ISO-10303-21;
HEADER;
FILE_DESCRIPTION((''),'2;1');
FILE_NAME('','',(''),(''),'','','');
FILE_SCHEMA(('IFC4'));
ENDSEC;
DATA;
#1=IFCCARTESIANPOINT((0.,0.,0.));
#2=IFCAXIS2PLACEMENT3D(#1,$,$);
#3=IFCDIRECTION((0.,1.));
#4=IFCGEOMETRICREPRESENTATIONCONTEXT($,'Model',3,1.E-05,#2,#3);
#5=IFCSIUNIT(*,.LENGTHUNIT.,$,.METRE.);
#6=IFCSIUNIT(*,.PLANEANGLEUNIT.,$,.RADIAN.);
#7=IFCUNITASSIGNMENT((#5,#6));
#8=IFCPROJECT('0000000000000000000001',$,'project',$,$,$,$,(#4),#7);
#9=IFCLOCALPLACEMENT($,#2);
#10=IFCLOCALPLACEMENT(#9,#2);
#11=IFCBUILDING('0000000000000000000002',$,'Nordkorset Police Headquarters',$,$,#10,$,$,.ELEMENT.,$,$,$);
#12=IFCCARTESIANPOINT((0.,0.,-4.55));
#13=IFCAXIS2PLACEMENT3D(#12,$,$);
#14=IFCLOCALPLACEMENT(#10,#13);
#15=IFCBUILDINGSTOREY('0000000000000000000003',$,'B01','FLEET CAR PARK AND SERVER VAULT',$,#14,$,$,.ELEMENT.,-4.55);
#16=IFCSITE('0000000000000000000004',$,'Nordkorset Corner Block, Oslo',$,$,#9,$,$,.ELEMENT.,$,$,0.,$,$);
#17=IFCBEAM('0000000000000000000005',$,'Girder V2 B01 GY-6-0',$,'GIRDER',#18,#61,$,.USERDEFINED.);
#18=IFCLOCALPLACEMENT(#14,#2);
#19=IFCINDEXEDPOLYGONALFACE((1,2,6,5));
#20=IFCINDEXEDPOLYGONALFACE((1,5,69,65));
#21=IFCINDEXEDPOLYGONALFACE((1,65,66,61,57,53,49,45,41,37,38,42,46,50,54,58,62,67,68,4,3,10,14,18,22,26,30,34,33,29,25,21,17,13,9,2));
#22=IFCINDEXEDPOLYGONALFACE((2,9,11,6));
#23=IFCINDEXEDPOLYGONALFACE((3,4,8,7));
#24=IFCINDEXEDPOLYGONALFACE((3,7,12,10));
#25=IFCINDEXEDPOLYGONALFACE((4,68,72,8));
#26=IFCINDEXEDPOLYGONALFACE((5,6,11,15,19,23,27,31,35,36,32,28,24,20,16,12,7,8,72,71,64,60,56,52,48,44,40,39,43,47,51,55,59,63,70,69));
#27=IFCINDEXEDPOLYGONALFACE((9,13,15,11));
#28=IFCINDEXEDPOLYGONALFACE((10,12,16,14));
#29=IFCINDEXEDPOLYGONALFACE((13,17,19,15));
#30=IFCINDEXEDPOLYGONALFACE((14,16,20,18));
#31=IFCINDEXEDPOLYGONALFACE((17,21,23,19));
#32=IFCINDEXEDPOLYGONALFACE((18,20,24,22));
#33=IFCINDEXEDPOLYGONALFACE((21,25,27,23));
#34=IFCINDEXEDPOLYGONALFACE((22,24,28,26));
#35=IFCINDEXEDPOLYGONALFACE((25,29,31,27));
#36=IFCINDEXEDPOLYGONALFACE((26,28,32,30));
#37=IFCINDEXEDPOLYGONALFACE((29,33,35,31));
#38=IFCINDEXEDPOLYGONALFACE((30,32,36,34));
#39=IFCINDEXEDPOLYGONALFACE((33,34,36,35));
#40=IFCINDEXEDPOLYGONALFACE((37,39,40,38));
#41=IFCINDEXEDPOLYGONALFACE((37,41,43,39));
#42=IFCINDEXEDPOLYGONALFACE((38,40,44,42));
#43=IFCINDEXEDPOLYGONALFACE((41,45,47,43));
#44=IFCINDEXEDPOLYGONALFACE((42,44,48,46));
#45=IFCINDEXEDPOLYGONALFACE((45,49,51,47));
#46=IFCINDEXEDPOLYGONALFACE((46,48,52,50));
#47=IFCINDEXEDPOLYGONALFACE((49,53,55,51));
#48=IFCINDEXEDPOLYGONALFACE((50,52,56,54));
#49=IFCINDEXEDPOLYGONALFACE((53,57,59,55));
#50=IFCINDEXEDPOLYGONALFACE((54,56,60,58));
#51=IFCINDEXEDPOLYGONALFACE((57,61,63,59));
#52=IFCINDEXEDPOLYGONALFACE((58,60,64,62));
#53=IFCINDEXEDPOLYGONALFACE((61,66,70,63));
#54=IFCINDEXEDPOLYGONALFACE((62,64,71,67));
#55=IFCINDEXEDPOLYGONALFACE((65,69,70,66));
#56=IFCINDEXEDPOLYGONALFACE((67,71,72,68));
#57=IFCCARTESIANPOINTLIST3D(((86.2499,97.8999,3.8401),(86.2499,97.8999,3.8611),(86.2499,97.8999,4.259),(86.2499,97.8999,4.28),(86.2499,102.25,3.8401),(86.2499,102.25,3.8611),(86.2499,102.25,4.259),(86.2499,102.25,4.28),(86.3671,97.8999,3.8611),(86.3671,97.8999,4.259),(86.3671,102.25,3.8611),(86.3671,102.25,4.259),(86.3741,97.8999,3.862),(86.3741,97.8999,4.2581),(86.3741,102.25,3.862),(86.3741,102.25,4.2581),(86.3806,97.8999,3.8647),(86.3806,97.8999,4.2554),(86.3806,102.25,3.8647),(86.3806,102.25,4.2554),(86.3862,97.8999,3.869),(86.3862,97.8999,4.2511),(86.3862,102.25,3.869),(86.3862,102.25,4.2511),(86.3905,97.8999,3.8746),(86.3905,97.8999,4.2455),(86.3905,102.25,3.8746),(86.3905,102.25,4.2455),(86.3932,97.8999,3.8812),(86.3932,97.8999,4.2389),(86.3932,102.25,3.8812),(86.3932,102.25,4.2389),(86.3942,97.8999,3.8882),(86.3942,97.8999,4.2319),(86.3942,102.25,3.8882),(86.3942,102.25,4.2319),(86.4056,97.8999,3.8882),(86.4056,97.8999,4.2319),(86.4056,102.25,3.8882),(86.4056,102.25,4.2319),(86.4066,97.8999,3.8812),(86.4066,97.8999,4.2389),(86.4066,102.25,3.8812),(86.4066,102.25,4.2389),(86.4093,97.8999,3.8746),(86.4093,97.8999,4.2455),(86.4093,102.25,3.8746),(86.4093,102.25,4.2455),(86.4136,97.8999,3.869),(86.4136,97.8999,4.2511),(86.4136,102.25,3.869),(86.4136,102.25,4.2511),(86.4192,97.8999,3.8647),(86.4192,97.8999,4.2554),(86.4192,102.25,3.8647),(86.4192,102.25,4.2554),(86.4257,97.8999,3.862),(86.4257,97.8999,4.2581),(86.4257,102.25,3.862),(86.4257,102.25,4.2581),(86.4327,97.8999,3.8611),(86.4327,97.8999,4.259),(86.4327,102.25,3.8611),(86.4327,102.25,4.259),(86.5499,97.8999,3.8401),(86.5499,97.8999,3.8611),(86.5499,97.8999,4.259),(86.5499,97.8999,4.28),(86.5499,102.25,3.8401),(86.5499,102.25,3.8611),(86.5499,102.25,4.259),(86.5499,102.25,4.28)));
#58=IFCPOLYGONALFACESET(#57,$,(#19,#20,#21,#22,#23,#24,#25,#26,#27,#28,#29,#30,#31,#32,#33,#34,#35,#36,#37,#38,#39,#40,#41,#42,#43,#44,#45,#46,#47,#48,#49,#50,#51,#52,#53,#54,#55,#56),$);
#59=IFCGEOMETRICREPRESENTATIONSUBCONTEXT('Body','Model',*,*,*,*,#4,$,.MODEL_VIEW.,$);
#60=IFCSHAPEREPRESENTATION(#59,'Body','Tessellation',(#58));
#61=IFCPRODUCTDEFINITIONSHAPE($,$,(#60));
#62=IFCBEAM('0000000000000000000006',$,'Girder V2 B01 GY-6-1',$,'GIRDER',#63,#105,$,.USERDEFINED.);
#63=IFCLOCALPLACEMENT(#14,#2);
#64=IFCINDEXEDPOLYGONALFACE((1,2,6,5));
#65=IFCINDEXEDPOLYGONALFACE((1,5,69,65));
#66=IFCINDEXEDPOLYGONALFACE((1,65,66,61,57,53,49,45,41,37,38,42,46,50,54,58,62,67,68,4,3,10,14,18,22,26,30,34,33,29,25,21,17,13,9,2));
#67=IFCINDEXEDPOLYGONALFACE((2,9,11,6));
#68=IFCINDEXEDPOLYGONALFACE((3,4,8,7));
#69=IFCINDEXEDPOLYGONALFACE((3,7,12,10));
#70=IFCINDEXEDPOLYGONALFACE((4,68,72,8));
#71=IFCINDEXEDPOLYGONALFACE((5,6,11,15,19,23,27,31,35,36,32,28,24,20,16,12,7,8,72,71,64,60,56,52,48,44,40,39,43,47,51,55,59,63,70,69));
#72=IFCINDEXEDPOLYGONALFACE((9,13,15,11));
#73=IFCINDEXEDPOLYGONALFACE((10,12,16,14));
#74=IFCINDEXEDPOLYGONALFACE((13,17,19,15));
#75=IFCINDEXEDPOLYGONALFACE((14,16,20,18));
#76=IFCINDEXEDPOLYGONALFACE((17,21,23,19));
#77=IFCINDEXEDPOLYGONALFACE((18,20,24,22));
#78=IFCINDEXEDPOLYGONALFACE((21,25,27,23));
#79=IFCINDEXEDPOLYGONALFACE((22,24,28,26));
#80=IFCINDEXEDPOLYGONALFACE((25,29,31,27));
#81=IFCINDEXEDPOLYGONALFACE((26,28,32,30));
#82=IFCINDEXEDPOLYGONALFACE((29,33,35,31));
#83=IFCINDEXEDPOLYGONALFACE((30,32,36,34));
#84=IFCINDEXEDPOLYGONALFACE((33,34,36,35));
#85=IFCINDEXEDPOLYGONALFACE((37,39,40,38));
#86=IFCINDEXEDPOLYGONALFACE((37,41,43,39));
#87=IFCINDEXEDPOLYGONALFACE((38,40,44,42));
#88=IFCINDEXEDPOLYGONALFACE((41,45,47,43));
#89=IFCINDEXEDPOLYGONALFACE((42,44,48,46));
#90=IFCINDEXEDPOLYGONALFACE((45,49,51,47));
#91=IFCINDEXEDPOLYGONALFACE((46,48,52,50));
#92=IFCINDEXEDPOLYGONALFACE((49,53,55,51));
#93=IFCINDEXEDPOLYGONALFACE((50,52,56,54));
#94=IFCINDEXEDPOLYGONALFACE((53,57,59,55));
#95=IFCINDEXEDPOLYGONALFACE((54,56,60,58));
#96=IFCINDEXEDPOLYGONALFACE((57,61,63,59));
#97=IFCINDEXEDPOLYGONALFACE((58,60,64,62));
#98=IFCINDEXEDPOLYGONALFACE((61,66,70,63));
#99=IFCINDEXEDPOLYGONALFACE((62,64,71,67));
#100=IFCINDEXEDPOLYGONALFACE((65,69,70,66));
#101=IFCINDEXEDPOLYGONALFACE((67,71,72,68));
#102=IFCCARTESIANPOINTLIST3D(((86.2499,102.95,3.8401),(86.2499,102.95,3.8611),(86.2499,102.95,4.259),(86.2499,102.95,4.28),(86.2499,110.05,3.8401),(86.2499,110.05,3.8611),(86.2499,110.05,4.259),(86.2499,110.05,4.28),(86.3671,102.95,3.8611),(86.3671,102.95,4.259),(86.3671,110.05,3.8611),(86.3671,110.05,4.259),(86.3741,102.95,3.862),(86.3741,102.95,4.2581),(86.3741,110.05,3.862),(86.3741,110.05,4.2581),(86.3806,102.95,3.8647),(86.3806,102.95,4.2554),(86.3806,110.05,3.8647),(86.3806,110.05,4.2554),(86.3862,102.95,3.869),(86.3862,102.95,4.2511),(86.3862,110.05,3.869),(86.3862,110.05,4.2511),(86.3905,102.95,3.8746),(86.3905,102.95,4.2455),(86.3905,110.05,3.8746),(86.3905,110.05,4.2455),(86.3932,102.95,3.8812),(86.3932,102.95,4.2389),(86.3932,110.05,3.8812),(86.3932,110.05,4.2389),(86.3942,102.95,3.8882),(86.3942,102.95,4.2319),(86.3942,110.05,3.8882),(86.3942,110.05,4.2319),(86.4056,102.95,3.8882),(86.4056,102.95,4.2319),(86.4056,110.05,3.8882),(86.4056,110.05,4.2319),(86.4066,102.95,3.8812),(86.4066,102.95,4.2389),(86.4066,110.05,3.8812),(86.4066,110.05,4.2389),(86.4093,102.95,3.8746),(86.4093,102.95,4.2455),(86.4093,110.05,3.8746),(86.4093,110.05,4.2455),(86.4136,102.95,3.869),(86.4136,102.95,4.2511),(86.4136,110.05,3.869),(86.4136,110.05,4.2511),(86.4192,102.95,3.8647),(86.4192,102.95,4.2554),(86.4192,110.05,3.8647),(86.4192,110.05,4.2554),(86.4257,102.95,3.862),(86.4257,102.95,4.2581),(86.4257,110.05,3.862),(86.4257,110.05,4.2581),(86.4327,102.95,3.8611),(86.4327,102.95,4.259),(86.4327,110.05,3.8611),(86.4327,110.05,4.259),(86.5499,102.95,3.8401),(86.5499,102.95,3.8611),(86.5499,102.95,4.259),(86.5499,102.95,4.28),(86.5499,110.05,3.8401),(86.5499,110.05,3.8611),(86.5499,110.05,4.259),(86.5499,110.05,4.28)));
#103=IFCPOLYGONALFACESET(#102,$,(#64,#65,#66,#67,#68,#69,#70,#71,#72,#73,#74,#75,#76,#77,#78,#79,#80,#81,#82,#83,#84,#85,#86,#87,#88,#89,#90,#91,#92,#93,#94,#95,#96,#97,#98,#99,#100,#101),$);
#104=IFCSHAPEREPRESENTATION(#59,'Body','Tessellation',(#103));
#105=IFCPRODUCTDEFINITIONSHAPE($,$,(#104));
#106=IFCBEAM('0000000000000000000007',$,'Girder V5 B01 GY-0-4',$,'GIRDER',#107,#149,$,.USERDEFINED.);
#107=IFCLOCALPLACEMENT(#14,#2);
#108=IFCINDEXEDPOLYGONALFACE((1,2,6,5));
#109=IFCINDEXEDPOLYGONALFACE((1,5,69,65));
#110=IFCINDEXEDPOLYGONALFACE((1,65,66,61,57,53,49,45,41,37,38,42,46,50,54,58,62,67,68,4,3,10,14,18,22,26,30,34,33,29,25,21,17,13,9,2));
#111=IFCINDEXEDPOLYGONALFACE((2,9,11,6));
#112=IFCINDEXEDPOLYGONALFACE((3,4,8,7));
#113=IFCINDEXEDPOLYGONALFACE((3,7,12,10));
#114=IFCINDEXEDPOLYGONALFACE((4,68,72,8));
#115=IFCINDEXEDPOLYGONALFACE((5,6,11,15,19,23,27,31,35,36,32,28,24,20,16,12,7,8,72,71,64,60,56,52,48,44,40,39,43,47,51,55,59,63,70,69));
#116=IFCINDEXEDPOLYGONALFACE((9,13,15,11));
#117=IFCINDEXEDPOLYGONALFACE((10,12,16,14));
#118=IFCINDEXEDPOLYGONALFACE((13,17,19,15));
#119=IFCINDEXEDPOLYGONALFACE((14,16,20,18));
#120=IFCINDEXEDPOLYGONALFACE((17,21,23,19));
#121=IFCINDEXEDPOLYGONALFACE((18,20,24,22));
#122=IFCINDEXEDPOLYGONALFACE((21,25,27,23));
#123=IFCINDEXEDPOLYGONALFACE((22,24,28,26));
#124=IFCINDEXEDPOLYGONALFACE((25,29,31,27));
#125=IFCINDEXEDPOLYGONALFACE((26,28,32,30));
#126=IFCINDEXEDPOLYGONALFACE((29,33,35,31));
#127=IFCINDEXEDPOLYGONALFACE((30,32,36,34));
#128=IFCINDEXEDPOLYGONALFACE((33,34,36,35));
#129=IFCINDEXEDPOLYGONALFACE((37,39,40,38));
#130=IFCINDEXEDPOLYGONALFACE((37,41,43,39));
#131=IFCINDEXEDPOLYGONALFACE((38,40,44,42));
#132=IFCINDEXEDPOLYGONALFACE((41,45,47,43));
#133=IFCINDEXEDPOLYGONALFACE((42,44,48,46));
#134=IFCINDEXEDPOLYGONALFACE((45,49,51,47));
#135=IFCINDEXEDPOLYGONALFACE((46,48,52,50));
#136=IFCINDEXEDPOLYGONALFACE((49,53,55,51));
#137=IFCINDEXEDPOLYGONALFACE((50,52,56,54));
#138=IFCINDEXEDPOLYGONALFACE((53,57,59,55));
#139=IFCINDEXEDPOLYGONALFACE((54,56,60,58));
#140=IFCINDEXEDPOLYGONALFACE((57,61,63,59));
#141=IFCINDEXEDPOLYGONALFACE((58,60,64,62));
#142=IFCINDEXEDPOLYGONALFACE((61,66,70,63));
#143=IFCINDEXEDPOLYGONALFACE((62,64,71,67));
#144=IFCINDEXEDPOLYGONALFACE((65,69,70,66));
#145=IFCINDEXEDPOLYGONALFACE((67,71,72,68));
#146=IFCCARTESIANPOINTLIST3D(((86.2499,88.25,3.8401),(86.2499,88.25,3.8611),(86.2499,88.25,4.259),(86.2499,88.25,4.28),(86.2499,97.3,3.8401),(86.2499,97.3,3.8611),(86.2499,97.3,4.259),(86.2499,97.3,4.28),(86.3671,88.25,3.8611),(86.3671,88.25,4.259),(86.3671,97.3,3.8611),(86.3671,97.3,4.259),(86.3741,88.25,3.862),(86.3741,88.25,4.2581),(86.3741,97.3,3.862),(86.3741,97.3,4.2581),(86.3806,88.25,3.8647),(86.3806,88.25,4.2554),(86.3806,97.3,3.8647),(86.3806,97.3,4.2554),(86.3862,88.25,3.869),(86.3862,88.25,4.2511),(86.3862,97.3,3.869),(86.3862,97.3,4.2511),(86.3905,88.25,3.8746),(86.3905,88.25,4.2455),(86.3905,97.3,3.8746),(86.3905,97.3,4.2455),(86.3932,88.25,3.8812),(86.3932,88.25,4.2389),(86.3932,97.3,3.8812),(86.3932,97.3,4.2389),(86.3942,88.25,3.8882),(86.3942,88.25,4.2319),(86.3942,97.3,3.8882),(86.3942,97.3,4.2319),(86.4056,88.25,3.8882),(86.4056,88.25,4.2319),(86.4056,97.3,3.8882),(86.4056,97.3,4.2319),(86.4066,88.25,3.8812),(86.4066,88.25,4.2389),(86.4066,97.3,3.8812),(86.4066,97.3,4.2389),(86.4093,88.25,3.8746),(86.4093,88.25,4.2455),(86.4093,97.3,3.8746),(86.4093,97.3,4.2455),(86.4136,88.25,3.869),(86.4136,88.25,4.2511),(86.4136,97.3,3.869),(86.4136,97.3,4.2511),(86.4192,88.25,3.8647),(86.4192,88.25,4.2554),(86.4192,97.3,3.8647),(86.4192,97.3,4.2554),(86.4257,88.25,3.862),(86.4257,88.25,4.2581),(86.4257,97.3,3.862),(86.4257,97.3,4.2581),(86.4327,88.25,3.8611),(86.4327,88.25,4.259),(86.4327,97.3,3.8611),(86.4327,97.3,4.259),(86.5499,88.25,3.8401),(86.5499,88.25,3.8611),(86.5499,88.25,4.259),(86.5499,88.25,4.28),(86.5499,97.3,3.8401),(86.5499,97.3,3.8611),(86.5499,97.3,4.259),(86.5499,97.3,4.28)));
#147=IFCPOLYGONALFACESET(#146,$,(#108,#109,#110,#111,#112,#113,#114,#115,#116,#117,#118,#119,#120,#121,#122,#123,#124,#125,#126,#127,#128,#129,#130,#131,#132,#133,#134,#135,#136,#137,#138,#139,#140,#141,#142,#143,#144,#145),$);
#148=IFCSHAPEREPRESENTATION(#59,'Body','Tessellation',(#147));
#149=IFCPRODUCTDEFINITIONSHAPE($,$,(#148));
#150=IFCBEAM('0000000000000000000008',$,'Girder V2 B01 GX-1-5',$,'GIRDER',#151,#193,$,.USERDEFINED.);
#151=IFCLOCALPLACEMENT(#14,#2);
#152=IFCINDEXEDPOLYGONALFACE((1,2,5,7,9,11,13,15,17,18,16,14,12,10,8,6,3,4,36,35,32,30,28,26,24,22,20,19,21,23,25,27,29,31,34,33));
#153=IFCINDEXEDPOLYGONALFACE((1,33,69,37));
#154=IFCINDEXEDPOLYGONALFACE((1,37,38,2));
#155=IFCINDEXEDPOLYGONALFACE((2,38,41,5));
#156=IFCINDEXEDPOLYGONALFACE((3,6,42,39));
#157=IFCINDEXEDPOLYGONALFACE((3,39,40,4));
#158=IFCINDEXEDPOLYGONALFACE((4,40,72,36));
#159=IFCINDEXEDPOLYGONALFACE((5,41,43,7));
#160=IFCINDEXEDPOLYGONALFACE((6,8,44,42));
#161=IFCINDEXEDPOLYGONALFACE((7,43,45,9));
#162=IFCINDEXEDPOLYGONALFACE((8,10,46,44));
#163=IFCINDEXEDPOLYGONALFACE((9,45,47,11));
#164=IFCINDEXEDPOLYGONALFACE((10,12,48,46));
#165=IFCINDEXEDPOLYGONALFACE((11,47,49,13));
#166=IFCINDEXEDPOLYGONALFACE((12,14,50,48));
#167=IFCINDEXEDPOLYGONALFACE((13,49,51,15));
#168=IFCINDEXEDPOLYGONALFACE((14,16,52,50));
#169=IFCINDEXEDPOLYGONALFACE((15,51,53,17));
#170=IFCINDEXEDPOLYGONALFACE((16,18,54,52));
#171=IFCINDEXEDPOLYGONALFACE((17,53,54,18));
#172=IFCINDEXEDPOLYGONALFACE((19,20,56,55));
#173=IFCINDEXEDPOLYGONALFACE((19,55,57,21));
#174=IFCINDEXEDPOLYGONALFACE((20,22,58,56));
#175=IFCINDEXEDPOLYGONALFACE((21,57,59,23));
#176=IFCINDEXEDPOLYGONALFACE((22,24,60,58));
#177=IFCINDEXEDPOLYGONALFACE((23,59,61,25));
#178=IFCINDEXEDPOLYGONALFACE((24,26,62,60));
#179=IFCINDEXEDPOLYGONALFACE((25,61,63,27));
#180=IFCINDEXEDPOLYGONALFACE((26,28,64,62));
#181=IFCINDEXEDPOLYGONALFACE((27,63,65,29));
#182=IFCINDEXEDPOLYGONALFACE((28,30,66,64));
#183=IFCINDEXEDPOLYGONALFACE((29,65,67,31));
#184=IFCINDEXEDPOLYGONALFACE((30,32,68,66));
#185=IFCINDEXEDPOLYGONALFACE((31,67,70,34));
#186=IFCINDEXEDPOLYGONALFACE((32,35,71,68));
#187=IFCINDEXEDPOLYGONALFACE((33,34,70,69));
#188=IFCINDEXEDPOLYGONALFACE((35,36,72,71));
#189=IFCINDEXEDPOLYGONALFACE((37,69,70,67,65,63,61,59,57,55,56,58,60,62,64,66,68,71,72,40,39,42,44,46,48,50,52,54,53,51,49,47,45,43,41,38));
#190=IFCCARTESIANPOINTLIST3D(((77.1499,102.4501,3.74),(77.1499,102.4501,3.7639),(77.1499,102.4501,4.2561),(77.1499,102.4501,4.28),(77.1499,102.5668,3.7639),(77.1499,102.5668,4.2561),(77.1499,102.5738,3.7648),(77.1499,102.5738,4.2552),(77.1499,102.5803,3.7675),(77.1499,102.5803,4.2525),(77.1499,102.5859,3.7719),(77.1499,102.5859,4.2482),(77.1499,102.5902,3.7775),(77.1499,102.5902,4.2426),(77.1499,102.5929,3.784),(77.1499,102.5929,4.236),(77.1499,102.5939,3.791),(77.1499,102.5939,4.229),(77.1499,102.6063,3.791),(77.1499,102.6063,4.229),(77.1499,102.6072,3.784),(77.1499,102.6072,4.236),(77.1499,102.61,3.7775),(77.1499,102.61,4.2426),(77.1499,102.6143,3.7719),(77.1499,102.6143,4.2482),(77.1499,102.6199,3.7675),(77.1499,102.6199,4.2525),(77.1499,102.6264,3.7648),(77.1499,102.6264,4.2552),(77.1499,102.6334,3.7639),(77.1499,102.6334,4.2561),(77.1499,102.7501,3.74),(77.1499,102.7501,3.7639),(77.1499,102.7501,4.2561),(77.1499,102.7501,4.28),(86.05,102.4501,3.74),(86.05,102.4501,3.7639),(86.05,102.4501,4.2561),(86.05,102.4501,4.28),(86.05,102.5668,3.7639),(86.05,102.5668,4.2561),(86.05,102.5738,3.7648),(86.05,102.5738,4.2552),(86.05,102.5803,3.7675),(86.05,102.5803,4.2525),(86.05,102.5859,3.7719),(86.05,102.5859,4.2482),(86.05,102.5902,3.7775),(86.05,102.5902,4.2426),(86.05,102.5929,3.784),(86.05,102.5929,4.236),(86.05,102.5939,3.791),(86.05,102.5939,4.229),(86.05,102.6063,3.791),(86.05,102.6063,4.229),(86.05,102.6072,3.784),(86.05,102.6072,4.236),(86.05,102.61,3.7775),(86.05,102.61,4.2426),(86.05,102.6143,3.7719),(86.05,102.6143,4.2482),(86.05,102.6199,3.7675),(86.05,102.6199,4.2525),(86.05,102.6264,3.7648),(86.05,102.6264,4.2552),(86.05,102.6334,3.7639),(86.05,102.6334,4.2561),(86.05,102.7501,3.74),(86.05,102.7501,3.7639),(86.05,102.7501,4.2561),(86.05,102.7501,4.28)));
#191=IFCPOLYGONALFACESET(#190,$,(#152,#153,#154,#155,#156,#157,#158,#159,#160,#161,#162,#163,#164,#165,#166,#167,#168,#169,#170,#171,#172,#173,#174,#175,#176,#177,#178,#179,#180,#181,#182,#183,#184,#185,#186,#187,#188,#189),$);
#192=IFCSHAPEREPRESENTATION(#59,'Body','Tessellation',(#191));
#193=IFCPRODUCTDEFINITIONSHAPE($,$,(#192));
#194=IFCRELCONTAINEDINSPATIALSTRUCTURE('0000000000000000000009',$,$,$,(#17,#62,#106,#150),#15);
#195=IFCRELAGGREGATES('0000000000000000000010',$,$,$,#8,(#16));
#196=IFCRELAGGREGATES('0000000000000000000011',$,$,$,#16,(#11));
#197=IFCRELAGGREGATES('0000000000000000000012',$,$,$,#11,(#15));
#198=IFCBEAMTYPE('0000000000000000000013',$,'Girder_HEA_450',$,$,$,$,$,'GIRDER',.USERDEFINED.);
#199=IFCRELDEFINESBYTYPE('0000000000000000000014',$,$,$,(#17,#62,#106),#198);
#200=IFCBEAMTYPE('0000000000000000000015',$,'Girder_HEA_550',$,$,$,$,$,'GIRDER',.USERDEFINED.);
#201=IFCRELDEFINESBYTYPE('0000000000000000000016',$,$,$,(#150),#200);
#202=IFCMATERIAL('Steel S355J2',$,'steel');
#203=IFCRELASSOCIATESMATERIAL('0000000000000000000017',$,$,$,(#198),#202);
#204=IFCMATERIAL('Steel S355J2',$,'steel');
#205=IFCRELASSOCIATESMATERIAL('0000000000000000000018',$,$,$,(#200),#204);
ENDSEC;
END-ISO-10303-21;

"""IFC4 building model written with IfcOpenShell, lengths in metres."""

from ifc_helpers import new_model, si_unit, direction, frame, origin, origin_2d, place, context, subcontext, project, spatial, i_section, extrude, material, material_profile, profile_set, type_object, element, save


model = new_model("IFC4")

# Units and contexts
model_context = context("Model", 3, precision=1e-05, world=origin(), true_north=direction((0.0, 1.0)))
body_context = subcontext(model_context, "Body", "Model", "MODEL_VIEW")
ifc_project = project(units=[si_unit("LENGTHUNIT", "METRE"), si_unit("PLANEANGLEUNIT", "RADIAN")], contexts=[model_context])

# Site, building, storey
site_placement = place(None, origin())
site = spatial("IfcSite", under=ifc_project, at=site_placement, Name="Nordkorset Corner Block, Oslo", CompositionType="ELEMENT", RefElevation=0.0)
building_placement = place(site_placement, origin())
building = spatial("IfcBuilding", under=site, at=building_placement, Name="Nordkorset Police Headquarters", CompositionType="ELEMENT")
storey_placement = place(building_placement, frame((0.0, 0.0, -4.55)))
storey = spatial("IfcBuildingStorey", under=building, at=storey_placement, Name="B01", Description="FLEET CAR PARK AND SERVER VAULT", CompositionType="ELEMENT", Elevation=-4.55)

# Beams
ifc_material_1 = material(Name="Steel S355J2", Category="steel")
ifc_material_profile_1 = material_profile(ifc_material_1, i_section(OverallWidth=0.3, OverallDepth=0.4399, WebThickness=0.0115, FlangeThickness=0.021, FilletRadius=0.0271, at=origin_2d()), Name="HEA 450")
ifc_profile_set_1 = profile_set([ifc_material_profile_1], Name="Steel S355J2")
beam_type_1 = type_object("IfcBeamType", Name="Girder_HEA_450", ElementType="GIRDER", PredefinedType="USERDEFINED", material=ifc_profile_set_1)
beam_1_placement = place(storey_placement, frame((86.3999, 97.8999, 4.0601), z_axis=(0.0, 1.0, 0.0), x_axis=(-1.0, 0.0, 0.0)))
element("IfcBeam", 1, at=beam_1_placement, inside=storey, type_object=beam_type_1, Name="Girder V2 B01 GY-6-0", ObjectType="GIRDER", PredefinedType="USERDEFINED", context=body_context, shape_type="SweptSolid", body=[
    extrude(i_section(OverallWidth=0.3, OverallDepth=0.4399, WebThickness=0.0115, FlangeThickness=0.021, FilletRadius=0.0271, at=origin_2d()), origin(), (0.0, 0.0, 1.0), 4.3501),
])
beam_2_placement = place(storey_placement, frame((86.3999, 102.95, 4.0601), z_axis=(0.0, 1.0, 0.0), x_axis=(-1.0, 0.0, 0.0)))
element("IfcBeam", 2, at=beam_2_placement, inside=storey, type_object=beam_type_1, Name="Girder V2 B01 GY-6-1", ObjectType="GIRDER", PredefinedType="USERDEFINED", context=body_context, shape_type="SweptSolid", body=[
    extrude(i_section(OverallWidth=0.3, OverallDepth=0.4399, WebThickness=0.0115, FlangeThickness=0.021, FilletRadius=0.0271, at=origin_2d()), origin(), (0.0, 0.0, 1.0), 7.1001),
])
beam_3_placement = place(storey_placement, frame((86.3999, 88.25, 4.0601), z_axis=(0.0, 1.0, 0.0), x_axis=(-1.0, 0.0, 0.0)))
element("IfcBeam", 3, at=beam_3_placement, inside=storey, type_object=beam_type_1, Name="Girder V5 B01 GY-0-4", ObjectType="GIRDER", PredefinedType="USERDEFINED", context=body_context, shape_type="SweptSolid", body=[
    extrude(i_section(OverallWidth=0.3, OverallDepth=0.4399, WebThickness=0.0115, FlangeThickness=0.021, FilletRadius=0.0271, at=origin_2d()), origin(), (0.0, 0.0, 1.0), 9.05),
])
ifc_material_2 = material(Name="Steel S355J2", Category="steel")
ifc_material_profile_2 = material_profile(ifc_material_2, i_section(OverallWidth=0.3, OverallDepth=0.54, WebThickness=0.0125, FlangeThickness=0.0239, FilletRadius=0.0271, at=origin_2d()), Name="HEA 550")
ifc_profile_set_2 = profile_set([ifc_material_profile_2], Name="Steel S355J2")
beam_type_2 = type_object("IfcBeamType", Name="Girder_HEA_550", ElementType="GIRDER", PredefinedType="USERDEFINED", material=ifc_profile_set_2)
beam_4_placement = place(storey_placement, frame((77.1499, 102.6001, 4.01), z_axis=(1.0, 0.0, 0.0), x_axis=(0.0, 1.0, 0.0)))
element("IfcBeam", 4, at=beam_4_placement, inside=storey, type_object=beam_type_2, Name="Girder V2 B01 GX-1-5", ObjectType="GIRDER", PredefinedType="USERDEFINED", context=body_context, shape_type="SweptSolid", body=[
    extrude(i_section(OverallWidth=0.3, OverallDepth=0.54, WebThickness=0.0125, FlangeThickness=0.0239, FilletRadius=0.0271, at=origin_2d()), origin(), (0.0, 0.0, 1.0), 8.9001),
])

save(model, "model.ifc")
